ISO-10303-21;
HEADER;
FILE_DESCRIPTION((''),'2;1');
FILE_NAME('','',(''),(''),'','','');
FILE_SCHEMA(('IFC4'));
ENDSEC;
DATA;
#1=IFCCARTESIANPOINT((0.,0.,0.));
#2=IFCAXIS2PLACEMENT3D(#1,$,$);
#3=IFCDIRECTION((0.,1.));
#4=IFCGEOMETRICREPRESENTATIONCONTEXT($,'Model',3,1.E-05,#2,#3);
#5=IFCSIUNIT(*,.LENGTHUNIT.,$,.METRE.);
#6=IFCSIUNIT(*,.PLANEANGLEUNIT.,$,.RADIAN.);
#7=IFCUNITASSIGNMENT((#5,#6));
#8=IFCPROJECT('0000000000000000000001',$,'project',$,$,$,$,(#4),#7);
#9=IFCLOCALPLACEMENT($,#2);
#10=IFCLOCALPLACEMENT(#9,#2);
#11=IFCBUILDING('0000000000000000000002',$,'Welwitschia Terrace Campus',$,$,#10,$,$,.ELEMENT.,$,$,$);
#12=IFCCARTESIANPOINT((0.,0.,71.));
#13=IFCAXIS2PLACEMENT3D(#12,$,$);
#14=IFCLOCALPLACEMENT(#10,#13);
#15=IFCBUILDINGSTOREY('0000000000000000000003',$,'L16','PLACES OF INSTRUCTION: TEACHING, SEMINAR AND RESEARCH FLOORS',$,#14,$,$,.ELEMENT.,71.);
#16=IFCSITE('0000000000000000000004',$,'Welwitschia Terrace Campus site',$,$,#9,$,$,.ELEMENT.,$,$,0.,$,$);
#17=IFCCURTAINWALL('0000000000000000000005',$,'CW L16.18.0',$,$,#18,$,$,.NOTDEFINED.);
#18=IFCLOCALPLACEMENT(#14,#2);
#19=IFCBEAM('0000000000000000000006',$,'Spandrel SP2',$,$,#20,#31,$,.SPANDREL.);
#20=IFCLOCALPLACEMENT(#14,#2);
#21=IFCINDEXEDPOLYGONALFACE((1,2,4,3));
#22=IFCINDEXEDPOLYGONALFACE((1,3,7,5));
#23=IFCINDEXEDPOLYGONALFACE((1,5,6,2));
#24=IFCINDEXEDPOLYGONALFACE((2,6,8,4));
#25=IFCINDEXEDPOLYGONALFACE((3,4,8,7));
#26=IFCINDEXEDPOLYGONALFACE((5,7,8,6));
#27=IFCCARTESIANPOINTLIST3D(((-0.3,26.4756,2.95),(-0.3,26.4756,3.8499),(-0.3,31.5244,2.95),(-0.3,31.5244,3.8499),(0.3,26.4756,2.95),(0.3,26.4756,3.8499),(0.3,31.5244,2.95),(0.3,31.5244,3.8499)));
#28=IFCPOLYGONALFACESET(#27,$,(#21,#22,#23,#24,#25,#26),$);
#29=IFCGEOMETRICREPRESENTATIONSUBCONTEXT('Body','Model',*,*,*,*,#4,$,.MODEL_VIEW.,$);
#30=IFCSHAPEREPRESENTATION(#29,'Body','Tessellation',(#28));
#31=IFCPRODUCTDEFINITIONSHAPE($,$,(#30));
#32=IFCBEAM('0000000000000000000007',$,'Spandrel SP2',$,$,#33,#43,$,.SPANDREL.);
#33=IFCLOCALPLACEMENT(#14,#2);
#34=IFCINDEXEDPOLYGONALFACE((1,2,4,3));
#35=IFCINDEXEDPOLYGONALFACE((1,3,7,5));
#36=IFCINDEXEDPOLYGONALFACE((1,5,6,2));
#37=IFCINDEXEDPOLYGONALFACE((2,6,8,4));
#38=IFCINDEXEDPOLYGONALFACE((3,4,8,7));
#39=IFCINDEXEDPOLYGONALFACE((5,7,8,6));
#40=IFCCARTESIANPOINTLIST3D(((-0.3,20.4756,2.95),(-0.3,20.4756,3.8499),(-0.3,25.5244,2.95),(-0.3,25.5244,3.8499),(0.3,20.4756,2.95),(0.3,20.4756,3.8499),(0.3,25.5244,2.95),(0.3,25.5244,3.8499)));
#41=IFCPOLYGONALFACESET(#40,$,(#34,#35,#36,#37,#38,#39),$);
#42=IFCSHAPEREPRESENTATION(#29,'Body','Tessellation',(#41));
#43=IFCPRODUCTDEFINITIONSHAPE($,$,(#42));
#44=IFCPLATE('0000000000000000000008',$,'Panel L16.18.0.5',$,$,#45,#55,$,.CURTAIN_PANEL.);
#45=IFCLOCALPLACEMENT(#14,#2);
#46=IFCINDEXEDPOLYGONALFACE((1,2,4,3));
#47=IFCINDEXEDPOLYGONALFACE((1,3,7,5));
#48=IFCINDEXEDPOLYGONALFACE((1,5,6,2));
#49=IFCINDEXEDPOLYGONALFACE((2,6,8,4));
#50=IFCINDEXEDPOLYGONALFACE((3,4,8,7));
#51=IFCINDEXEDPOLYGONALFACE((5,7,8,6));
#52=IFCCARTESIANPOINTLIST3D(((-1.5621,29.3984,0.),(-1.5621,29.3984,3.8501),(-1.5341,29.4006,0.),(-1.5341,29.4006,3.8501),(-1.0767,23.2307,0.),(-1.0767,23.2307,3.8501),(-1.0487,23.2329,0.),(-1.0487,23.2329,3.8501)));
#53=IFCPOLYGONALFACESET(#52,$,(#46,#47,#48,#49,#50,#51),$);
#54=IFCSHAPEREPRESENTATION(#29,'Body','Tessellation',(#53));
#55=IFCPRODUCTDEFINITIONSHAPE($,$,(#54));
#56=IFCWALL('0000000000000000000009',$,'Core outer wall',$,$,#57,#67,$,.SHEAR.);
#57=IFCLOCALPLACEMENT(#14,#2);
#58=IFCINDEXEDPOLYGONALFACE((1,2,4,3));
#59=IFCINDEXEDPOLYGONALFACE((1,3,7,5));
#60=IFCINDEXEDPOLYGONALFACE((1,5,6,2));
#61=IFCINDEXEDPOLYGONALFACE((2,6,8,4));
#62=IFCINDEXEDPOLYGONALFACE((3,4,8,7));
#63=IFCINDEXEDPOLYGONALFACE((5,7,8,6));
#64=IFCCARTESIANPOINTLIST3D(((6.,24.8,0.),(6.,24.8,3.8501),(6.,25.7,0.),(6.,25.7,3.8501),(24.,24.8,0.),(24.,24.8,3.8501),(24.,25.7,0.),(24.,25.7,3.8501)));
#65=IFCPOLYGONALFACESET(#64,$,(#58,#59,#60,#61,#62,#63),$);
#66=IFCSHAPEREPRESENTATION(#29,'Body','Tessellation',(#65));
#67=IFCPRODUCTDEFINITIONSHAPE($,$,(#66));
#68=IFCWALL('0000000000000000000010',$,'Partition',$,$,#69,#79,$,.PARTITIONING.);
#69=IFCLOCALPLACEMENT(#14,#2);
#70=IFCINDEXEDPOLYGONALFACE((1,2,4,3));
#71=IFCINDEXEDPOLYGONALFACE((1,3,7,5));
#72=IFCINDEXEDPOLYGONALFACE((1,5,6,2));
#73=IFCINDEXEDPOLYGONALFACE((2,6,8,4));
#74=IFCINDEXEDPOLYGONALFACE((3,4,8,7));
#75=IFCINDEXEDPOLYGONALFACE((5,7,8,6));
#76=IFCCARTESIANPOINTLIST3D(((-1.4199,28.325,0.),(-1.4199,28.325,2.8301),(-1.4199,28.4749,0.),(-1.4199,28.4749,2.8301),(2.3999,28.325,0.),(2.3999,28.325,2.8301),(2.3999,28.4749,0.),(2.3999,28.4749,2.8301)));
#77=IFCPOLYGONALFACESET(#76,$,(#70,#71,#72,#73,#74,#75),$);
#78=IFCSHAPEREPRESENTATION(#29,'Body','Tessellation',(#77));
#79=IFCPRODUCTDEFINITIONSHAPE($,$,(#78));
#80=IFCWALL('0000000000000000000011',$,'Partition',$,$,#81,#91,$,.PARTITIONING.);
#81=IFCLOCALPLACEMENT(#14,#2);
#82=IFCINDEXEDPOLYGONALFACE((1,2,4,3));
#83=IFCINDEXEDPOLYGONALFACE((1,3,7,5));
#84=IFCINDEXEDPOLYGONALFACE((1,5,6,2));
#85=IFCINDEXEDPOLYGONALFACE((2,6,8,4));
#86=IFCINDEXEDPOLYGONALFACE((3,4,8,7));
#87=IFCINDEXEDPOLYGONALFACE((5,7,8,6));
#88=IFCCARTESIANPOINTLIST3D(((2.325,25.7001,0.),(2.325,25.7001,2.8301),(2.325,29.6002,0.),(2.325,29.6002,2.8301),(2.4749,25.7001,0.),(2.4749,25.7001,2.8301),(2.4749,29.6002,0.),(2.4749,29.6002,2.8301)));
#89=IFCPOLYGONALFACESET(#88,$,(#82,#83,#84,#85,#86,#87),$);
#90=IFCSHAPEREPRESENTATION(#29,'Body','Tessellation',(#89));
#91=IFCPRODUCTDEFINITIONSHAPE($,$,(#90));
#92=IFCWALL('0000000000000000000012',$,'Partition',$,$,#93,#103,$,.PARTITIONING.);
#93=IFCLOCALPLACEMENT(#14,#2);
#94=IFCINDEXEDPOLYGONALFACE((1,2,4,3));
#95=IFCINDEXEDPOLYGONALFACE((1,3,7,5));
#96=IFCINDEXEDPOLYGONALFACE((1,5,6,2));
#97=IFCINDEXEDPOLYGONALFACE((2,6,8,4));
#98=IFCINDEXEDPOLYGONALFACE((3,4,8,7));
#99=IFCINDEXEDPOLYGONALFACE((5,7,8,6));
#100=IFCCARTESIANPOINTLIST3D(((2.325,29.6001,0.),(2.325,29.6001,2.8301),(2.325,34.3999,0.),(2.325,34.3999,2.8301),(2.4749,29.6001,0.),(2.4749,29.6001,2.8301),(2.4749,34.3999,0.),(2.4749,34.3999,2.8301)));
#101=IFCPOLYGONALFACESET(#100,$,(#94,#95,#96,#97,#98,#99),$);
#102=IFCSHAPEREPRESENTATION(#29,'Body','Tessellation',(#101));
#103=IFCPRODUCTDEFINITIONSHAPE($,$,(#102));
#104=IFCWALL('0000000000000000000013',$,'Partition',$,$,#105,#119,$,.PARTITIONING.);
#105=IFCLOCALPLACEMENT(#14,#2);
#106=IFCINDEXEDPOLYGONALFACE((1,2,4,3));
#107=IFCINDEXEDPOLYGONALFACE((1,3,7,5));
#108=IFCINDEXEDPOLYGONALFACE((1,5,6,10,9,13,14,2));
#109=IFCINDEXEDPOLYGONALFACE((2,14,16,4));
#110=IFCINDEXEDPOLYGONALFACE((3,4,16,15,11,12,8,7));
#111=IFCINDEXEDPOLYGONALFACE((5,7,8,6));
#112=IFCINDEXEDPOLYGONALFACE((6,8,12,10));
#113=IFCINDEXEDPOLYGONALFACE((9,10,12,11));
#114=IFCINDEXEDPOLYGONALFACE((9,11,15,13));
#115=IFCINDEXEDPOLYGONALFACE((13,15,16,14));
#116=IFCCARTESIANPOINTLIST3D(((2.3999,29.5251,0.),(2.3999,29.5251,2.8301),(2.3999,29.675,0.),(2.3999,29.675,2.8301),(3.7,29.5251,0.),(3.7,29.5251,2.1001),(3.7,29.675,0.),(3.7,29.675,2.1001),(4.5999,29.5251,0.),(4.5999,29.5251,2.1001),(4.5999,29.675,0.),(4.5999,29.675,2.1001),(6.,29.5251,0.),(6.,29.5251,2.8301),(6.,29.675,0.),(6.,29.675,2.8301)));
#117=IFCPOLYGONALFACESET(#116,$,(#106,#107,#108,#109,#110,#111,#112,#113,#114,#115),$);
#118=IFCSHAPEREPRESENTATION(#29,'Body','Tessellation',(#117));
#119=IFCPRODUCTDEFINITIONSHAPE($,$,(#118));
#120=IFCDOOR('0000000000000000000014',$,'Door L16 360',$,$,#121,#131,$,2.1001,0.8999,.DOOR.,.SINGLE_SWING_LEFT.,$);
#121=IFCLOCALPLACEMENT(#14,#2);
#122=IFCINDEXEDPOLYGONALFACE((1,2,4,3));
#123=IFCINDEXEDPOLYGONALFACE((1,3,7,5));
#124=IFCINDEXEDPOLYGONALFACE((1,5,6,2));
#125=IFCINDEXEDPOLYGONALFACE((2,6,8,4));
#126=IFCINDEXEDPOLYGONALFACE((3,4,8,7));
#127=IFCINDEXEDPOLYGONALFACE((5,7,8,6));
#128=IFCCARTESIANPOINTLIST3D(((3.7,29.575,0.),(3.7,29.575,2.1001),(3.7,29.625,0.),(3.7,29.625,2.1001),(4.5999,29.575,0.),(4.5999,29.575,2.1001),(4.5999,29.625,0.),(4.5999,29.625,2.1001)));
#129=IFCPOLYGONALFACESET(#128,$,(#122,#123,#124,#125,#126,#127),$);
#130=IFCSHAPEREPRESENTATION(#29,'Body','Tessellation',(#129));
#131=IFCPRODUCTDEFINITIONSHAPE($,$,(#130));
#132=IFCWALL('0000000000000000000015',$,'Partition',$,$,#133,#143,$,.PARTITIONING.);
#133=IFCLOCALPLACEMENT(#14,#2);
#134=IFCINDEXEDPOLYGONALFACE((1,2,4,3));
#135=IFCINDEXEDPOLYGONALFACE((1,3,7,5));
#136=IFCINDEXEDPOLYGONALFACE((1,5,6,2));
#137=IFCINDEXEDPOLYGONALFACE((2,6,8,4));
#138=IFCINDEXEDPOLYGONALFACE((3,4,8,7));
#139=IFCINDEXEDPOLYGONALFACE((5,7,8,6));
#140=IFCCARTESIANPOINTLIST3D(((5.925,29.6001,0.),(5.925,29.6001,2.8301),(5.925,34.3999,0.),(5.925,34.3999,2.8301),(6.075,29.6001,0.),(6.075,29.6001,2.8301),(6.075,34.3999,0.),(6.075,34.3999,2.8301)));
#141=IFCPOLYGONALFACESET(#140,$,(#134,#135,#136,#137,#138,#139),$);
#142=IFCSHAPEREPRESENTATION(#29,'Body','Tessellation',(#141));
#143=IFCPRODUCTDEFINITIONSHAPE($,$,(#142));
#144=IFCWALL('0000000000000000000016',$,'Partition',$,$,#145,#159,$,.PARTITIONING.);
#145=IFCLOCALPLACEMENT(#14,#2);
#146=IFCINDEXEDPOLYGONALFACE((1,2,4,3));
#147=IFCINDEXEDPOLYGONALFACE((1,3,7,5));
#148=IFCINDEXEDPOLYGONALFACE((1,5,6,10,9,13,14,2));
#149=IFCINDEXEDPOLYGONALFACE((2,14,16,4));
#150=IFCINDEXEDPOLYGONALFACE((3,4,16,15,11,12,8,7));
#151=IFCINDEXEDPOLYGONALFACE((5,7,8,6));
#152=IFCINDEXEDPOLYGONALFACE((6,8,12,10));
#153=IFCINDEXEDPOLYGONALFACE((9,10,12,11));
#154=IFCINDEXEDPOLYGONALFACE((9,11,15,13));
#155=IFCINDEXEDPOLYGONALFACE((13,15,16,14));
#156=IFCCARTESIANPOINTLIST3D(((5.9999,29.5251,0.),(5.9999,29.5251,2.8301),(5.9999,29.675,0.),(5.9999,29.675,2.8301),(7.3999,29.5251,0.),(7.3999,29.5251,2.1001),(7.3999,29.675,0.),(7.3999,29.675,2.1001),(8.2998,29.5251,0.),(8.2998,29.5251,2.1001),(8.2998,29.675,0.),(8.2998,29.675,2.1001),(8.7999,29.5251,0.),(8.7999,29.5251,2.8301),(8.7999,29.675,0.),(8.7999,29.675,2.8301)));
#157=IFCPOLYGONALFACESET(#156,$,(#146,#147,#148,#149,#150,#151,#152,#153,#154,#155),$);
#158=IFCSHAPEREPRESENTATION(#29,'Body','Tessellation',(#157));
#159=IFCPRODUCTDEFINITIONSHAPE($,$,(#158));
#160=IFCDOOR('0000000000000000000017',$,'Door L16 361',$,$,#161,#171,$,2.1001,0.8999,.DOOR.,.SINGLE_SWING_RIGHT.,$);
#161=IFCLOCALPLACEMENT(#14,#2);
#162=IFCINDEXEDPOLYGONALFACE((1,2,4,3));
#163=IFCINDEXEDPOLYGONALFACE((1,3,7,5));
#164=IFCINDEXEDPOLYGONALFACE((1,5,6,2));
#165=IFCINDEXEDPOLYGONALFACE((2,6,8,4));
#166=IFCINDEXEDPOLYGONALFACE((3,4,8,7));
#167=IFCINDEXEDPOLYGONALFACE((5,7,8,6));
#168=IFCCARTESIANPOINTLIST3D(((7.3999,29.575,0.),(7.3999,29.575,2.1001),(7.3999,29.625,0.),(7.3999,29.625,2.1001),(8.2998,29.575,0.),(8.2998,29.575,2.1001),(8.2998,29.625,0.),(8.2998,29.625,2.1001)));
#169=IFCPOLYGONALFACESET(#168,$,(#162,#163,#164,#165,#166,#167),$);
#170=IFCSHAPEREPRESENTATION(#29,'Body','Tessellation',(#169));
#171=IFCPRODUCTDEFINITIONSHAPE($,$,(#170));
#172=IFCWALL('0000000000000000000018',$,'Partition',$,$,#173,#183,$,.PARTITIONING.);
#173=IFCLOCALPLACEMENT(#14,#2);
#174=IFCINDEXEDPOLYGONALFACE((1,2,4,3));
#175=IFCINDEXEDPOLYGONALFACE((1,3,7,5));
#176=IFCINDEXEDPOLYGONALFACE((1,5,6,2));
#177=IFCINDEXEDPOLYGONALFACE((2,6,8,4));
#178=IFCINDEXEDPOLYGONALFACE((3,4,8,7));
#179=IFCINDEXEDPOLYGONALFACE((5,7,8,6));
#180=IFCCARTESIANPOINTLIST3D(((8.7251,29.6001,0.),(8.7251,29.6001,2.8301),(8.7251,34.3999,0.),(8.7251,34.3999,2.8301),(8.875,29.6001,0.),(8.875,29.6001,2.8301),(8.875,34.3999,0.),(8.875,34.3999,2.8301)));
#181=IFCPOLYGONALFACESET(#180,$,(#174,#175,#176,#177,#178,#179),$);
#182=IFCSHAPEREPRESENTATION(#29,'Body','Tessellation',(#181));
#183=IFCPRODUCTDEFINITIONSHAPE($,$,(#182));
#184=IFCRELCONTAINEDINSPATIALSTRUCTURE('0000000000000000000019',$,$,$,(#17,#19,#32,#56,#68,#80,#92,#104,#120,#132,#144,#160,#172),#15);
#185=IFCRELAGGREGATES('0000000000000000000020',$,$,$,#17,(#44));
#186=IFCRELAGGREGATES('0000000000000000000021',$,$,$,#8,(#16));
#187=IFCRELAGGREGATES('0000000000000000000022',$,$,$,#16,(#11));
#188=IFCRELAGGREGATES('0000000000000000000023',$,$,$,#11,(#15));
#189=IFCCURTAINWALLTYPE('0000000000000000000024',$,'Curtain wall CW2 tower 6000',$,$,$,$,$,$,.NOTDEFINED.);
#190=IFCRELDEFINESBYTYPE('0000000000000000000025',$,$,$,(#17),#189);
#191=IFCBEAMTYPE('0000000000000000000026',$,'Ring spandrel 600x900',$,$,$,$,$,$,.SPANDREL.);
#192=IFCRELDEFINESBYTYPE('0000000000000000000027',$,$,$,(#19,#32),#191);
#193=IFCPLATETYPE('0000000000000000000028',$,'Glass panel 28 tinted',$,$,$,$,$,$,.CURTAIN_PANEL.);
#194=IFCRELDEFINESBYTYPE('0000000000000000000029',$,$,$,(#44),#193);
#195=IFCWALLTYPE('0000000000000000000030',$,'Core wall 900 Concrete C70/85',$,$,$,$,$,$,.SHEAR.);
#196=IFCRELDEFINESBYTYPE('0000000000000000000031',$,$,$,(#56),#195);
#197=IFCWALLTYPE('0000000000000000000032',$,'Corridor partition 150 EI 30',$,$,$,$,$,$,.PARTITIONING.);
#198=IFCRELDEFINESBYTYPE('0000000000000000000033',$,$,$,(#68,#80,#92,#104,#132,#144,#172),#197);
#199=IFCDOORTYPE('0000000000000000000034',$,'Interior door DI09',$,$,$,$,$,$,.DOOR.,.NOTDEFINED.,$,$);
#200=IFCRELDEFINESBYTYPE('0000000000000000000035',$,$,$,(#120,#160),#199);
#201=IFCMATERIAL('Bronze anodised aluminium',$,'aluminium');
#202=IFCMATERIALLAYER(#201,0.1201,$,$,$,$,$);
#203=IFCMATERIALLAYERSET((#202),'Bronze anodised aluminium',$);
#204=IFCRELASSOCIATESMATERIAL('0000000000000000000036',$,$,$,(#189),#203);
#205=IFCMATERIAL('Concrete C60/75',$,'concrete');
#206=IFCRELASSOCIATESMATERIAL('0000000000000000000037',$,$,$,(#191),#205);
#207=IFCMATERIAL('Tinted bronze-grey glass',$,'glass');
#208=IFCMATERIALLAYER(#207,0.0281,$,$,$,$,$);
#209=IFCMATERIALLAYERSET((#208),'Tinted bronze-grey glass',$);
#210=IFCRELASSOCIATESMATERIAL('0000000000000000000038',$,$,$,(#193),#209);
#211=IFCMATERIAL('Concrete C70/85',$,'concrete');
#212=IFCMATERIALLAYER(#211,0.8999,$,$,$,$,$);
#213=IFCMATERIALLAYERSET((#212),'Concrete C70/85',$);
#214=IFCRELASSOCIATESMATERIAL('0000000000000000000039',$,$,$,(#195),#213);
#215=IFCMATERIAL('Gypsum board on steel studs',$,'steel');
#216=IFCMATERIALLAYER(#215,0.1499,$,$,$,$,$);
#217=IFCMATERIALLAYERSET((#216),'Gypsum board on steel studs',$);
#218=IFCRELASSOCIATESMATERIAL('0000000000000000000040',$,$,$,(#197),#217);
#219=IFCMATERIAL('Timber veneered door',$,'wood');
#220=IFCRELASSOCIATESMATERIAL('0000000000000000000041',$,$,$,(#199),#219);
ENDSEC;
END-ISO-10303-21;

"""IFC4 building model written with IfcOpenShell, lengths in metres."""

from ifc_helpers import new_model, si_unit, direction, frame, frame_2d, origin, origin_2d, place, context, subcontext, project, spatial, rectangle, extrude, material, layer, layer_set, material_profile, profile_set, type_object, element, fill, aggregate, save


model = new_model("IFC4")

# Units and contexts
model_context = context("Model", 3, precision=1e-05, world=origin(), true_north=direction((0.0, 1.0)))
body_context = subcontext(model_context, "Body", "Model", "MODEL_VIEW")
ifc_project = project(units=[si_unit("LENGTHUNIT", "METRE"), si_unit("PLANEANGLEUNIT", "RADIAN")], contexts=[model_context])

# Site, building, storey
site_placement = place(None, origin())
site = spatial("IfcSite", under=ifc_project, at=site_placement, Name="Welwitschia Terrace Campus site", CompositionType="ELEMENT", RefElevation=0.0)
building_placement = place(site_placement, origin())
building = spatial("IfcBuilding", under=site, at=building_placement, Name="Welwitschia Terrace Campus", CompositionType="ELEMENT")
storey_placement = place(building_placement, frame((0.0, 0.0, 71.0)))
storey = spatial("IfcBuildingStorey", under=building, at=storey_placement, Name="L16", Description="PLACES OF INSTRUCTION: TEACHING, SEMINAR AND RESEARCH FLOORS", CompositionType="ELEMENT", Elevation=71.0)

# Curtain wall
ifc_material_1 = material(Name="Bronze anodised aluminium", Category="aluminium")
ifc_layer_1 = layer(ifc_material_1, 0.1201)
ifc_layer_set_1 = layer_set([ifc_layer_1], Name="Bronze anodised aluminium")
curtain_wall_type = type_object("IfcCurtainWallType", Name="Curtain wall CW2 tower 6000", PredefinedType="NOTDEFINED", material=ifc_layer_set_1)
curtain_wall_1_placement = place(storey_placement, origin())
curtain_wall_1 = element("IfcCurtainWall", 1, at=curtain_wall_1_placement, inside=storey, type_object=curtain_wall_type, Name="CW L16.18.0", PredefinedType="NOTDEFINED")

# Beams
ifc_material_2 = material(Name="Concrete C60/75", Category="concrete")
ifc_material_profile_1 = material_profile(ifc_material_2, rectangle(XDim=0.6001, YDim=0.8999, at=origin_2d()))
ifc_profile_set_1 = profile_set([ifc_material_profile_1], Name="Concrete C60/75")
beam_type_1 = type_object("IfcBeamType", Name="Ring spandrel 600x900", PredefinedType="SPANDREL", material=ifc_profile_set_1)
for number, where, z_axis, x_axis, name in (
    (2, (0.0, 31.5244, 3.3999), (0.0, -1.0, 0.0), (1.0, 0.0, 0.0), "Spandrel SP2"),
    (3, (0.0, 25.5244, 3.3999), (0.0, -1.0, 0.0), (1.0, 0.0, 0.0), "Spandrel SP2"),
):
    element("IfcBeam", number, at=place(storey_placement, frame(where, z_axis=z_axis, x_axis=x_axis)), inside=storey, type_object=beam_type_1, Name=name, PredefinedType="SPANDREL", context=body_context, shape_type="SweptSolid", body=[
        extrude(rectangle(XDim=0.6001, YDim=0.8999, at=origin_2d()), origin(), (0.0, 0.0, 1.0), 5.0488),
    ])

# Plate
ifc_material_3 = material(Name="Tinted bronze-grey glass", Category="glass")
ifc_layer_2 = layer(ifc_material_3, 0.0281)
ifc_layer_set_2 = layer_set([ifc_layer_2], Name="Tinted bronze-grey glass")
plate_type = type_object("IfcPlateType", Name="Glass panel 28 tinted", PredefinedType="CURTAIN_PANEL", material=ifc_layer_set_2)
plate_placement = place(storey_placement, frame((-1.3054, 26.3157, 0.0), z_axis=(0.0, 0.0, 1.0), x_axis=(0.078459, -0.996917, 0.0)))
plate = element("IfcPlate", 4, at=plate_placement, type_object=plate_type, Name="Panel L16.18.0.5", PredefinedType="CURTAIN_PANEL", context=body_context, shape_type="SweptSolid", body=[
    extrude(rectangle(XDim=6.1868, YDim=0.0281, at=origin_2d()), origin(), (0.0, 0.0, 1.0), 3.8501),
])
aggregate(curtain_wall_1, [plate])

# Walls
ifc_material_4 = material(Name="Concrete C70/85", Category="concrete")
ifc_layer_3 = layer(ifc_material_4, 0.8999)
ifc_layer_set_3 = layer_set([ifc_layer_3], Name="Concrete C70/85")
wall_type_1 = type_object("IfcWallType", Name="Core wall 900 Concrete C70/85", PredefinedType="SHEAR", material=ifc_layer_set_3)
wall_1_placement = place(storey_placement, frame((6.0, 25.25, 0.0), z_axis=(0.0, 0.0, 1.0), x_axis=(1.0, 0.0, 0.0)))
element("IfcWall", 5, at=wall_1_placement, inside=storey, type_object=wall_type_1, Name="Core outer wall", PredefinedType="SHEAR", context=body_context, shape_type="SweptSolid", body=[
    extrude(rectangle(XDim=18.0, YDim=0.8999, at=frame_2d((9.0, 0.0))), origin(), (0.0, 0.0, 1.0), 3.8501),
])
ifc_material_5 = material(Name="Gypsum board on steel studs", Category="steel")
ifc_layer_4 = layer(ifc_material_5, 0.1499)
ifc_layer_set_4 = layer_set([ifc_layer_4], Name="Gypsum board on steel studs")
wall_type_2 = type_object("IfcWallType", Name="Corridor partition 150 EI 30", PredefinedType="PARTITIONING", material=ifc_layer_set_4)
wall_2_placement = place(storey_placement, frame((-1.4199, 28.3999, 0.0), z_axis=(0.0, 0.0, 1.0), x_axis=(1.0, 0.0, 0.0)))
element("IfcWall", 6, at=wall_2_placement, inside=storey, type_object=wall_type_2, Name="Partition", PredefinedType="PARTITIONING", context=body_context, shape_type="SweptSolid", body=[
    extrude(rectangle(XDim=3.8198, YDim=0.1499, at=frame_2d((1.9099, 0.0))), origin(), (0.0, 0.0, 1.0), 2.8301),
])
wall_3_placement = place(storey_placement, frame((2.3999, 25.7, 0.0), z_axis=(0.0, 0.0, 1.0), x_axis=(0.0, 1.0, 0.0)))
element("IfcWall", 7, at=wall_3_placement, inside=storey, type_object=wall_type_2, Name="Partition", PredefinedType="PARTITIONING", context=body_context, shape_type="SweptSolid", body=[
    extrude(rectangle(XDim=3.9001, YDim=0.1499, at=frame_2d((1.9502, 0.0))), origin(), (0.0, 0.0, 1.0), 2.8301),
])
wall_4_placement = place(storey_placement, frame((2.3999, 29.6001, 0.0), z_axis=(0.0, 0.0, 1.0), x_axis=(0.0, 1.0, 0.0)))
element("IfcWall", 8, at=wall_4_placement, inside=storey, type_object=wall_type_2, Name="Partition", PredefinedType="PARTITIONING", context=body_context, shape_type="SweptSolid", body=[
    extrude(rectangle(XDim=4.7998, YDim=0.1499, at=frame_2d((2.3999, 0.0))), origin(), (0.0, 0.0, 1.0), 2.8301),
])

# Wall, opening, door
wall_5_placement = place(storey_placement, frame((2.3999, 29.6001, 0.0), z_axis=(0.0, 0.0, 1.0), x_axis=(1.0, 0.0, 0.0)))
wall_5 = element("IfcWall", 9, at=wall_5_placement, inside=storey, type_object=wall_type_2, Name="Partition", PredefinedType="PARTITIONING", context=body_context, shape_type="SweptSolid", body=[
    extrude(rectangle(XDim=3.6001, YDim=0.1499, at=frame_2d((1.8, 0.0))), origin(), (0.0, 0.0, 1.0), 2.8301),
])
opening_1_placement = place(wall_5_placement, frame((1.3, 0.0, 0.0)))
opening_1 = element("IfcOpeningElement", 10, at=opening_1_placement, cuts=wall_5, PredefinedType="OPENING", context=body_context, shape_type="SweptSolid", body=[
    extrude(rectangle(XDim=0.8999, YDim=2.1001, at=frame_2d((0.45, 1.05))), frame((0.0, 0.085, 0.0), z_axis=(0.0, -1.0, 0.0), x_axis=(1.0, 0.0, 0.0)), (0.0, 0.0, 1.0), 0.1699),
])
ifc_material_6 = material(Name="Timber veneered door", Category="wood")
door_type = type_object("IfcDoorType", Name="Interior door DI09", OperationType="NOTDEFINED", PredefinedType="DOOR", material=ifc_material_6)
door_1_placement = place(opening_1_placement, origin())
door_1 = element("IfcDoor", 11, at=door_1_placement, inside=storey, type_object=door_type, Name="Door L16 360", OperationType="SINGLE_SWING_LEFT", OverallHeight=2.1001, OverallWidth=0.8999, PredefinedType="DOOR", context=body_context, shape_type="SweptSolid", body=[
    extrude(rectangle(XDim=0.8999, YDim=2.1001, at=frame_2d((0.45, 1.05))), frame((0.0, 0.0249, 0.0), z_axis=(0.0, -1.0, 0.0), x_axis=(1.0, 0.0, 0.0)), (0.0, 0.0, 1.0), 0.05),
])
fill(opening_1, door_1)

# Wall
wall_6_placement = place(storey_placement, frame((6.0, 29.6001, 0.0), z_axis=(0.0, 0.0, 1.0), x_axis=(0.0, 1.0, 0.0)))
element("IfcWall", 12, at=wall_6_placement, inside=storey, type_object=wall_type_2, Name="Partition", PredefinedType="PARTITIONING", context=body_context, shape_type="SweptSolid", body=[
    extrude(rectangle(XDim=4.7998, YDim=0.1499, at=frame_2d((2.3999, 0.0))), origin(), (0.0, 0.0, 1.0), 2.8301),
])

# Wall, opening, door
wall_7_placement = place(storey_placement, frame((6.0, 29.6001, 0.0), z_axis=(0.0, 0.0, 1.0), x_axis=(1.0, 0.0, 0.0)))
wall_7 = element("IfcWall", 13, at=wall_7_placement, inside=storey, type_object=wall_type_2, Name="Partition", PredefinedType="PARTITIONING", context=body_context, shape_type="SweptSolid", body=[
    extrude(rectangle(XDim=2.8, YDim=0.1499, at=frame_2d((1.3999, 0.0))), origin(), (0.0, 0.0, 1.0), 2.8301),
])
opening_2_placement = place(wall_7_placement, frame((1.3999, 0.0, 0.0)))
opening_2 = element("IfcOpeningElement", 14, at=opening_2_placement, cuts=wall_7, PredefinedType="OPENING", context=body_context, shape_type="SweptSolid", body=[
    extrude(rectangle(XDim=0.8999, YDim=2.1001, at=frame_2d((0.45, 1.05))), frame((0.0, 0.085, 0.0), z_axis=(0.0, -1.0, 0.0), x_axis=(1.0, 0.0, 0.0)), (0.0, 0.0, 1.0), 0.1699),
])
door_2_placement = place(opening_2_placement, origin())
door_2 = element("IfcDoor", 15, at=door_2_placement, inside=storey, type_object=door_type, Name="Door L16 361", OperationType="SINGLE_SWING_RIGHT", OverallHeight=2.1001, OverallWidth=0.8999, PredefinedType="DOOR", context=body_context, shape_type="SweptSolid", body=[
    extrude(rectangle(XDim=0.8999, YDim=2.1001, at=frame_2d((0.45, 1.05))), frame((0.0, 0.0249, 0.0), z_axis=(0.0, -1.0, 0.0), x_axis=(1.0, 0.0, 0.0)), (0.0, 0.0, 1.0), 0.05),
])
fill(opening_2, door_2)

# Wall
wall_8_placement = place(storey_placement, frame((8.8, 29.6001, 0.0), z_axis=(0.0, 0.0, 1.0), x_axis=(0.0, 1.0, 0.0)))
element("IfcWall", 16, at=wall_8_placement, inside=storey, type_object=wall_type_2, Name="Partition", PredefinedType="PARTITIONING", context=body_context, shape_type="SweptSolid", body=[
    extrude(rectangle(XDim=4.7998, YDim=0.1499, at=frame_2d((2.3999, 0.0))), origin(), (0.0, 0.0, 1.0), 2.8301),
])

save(model, "model.ifc")
